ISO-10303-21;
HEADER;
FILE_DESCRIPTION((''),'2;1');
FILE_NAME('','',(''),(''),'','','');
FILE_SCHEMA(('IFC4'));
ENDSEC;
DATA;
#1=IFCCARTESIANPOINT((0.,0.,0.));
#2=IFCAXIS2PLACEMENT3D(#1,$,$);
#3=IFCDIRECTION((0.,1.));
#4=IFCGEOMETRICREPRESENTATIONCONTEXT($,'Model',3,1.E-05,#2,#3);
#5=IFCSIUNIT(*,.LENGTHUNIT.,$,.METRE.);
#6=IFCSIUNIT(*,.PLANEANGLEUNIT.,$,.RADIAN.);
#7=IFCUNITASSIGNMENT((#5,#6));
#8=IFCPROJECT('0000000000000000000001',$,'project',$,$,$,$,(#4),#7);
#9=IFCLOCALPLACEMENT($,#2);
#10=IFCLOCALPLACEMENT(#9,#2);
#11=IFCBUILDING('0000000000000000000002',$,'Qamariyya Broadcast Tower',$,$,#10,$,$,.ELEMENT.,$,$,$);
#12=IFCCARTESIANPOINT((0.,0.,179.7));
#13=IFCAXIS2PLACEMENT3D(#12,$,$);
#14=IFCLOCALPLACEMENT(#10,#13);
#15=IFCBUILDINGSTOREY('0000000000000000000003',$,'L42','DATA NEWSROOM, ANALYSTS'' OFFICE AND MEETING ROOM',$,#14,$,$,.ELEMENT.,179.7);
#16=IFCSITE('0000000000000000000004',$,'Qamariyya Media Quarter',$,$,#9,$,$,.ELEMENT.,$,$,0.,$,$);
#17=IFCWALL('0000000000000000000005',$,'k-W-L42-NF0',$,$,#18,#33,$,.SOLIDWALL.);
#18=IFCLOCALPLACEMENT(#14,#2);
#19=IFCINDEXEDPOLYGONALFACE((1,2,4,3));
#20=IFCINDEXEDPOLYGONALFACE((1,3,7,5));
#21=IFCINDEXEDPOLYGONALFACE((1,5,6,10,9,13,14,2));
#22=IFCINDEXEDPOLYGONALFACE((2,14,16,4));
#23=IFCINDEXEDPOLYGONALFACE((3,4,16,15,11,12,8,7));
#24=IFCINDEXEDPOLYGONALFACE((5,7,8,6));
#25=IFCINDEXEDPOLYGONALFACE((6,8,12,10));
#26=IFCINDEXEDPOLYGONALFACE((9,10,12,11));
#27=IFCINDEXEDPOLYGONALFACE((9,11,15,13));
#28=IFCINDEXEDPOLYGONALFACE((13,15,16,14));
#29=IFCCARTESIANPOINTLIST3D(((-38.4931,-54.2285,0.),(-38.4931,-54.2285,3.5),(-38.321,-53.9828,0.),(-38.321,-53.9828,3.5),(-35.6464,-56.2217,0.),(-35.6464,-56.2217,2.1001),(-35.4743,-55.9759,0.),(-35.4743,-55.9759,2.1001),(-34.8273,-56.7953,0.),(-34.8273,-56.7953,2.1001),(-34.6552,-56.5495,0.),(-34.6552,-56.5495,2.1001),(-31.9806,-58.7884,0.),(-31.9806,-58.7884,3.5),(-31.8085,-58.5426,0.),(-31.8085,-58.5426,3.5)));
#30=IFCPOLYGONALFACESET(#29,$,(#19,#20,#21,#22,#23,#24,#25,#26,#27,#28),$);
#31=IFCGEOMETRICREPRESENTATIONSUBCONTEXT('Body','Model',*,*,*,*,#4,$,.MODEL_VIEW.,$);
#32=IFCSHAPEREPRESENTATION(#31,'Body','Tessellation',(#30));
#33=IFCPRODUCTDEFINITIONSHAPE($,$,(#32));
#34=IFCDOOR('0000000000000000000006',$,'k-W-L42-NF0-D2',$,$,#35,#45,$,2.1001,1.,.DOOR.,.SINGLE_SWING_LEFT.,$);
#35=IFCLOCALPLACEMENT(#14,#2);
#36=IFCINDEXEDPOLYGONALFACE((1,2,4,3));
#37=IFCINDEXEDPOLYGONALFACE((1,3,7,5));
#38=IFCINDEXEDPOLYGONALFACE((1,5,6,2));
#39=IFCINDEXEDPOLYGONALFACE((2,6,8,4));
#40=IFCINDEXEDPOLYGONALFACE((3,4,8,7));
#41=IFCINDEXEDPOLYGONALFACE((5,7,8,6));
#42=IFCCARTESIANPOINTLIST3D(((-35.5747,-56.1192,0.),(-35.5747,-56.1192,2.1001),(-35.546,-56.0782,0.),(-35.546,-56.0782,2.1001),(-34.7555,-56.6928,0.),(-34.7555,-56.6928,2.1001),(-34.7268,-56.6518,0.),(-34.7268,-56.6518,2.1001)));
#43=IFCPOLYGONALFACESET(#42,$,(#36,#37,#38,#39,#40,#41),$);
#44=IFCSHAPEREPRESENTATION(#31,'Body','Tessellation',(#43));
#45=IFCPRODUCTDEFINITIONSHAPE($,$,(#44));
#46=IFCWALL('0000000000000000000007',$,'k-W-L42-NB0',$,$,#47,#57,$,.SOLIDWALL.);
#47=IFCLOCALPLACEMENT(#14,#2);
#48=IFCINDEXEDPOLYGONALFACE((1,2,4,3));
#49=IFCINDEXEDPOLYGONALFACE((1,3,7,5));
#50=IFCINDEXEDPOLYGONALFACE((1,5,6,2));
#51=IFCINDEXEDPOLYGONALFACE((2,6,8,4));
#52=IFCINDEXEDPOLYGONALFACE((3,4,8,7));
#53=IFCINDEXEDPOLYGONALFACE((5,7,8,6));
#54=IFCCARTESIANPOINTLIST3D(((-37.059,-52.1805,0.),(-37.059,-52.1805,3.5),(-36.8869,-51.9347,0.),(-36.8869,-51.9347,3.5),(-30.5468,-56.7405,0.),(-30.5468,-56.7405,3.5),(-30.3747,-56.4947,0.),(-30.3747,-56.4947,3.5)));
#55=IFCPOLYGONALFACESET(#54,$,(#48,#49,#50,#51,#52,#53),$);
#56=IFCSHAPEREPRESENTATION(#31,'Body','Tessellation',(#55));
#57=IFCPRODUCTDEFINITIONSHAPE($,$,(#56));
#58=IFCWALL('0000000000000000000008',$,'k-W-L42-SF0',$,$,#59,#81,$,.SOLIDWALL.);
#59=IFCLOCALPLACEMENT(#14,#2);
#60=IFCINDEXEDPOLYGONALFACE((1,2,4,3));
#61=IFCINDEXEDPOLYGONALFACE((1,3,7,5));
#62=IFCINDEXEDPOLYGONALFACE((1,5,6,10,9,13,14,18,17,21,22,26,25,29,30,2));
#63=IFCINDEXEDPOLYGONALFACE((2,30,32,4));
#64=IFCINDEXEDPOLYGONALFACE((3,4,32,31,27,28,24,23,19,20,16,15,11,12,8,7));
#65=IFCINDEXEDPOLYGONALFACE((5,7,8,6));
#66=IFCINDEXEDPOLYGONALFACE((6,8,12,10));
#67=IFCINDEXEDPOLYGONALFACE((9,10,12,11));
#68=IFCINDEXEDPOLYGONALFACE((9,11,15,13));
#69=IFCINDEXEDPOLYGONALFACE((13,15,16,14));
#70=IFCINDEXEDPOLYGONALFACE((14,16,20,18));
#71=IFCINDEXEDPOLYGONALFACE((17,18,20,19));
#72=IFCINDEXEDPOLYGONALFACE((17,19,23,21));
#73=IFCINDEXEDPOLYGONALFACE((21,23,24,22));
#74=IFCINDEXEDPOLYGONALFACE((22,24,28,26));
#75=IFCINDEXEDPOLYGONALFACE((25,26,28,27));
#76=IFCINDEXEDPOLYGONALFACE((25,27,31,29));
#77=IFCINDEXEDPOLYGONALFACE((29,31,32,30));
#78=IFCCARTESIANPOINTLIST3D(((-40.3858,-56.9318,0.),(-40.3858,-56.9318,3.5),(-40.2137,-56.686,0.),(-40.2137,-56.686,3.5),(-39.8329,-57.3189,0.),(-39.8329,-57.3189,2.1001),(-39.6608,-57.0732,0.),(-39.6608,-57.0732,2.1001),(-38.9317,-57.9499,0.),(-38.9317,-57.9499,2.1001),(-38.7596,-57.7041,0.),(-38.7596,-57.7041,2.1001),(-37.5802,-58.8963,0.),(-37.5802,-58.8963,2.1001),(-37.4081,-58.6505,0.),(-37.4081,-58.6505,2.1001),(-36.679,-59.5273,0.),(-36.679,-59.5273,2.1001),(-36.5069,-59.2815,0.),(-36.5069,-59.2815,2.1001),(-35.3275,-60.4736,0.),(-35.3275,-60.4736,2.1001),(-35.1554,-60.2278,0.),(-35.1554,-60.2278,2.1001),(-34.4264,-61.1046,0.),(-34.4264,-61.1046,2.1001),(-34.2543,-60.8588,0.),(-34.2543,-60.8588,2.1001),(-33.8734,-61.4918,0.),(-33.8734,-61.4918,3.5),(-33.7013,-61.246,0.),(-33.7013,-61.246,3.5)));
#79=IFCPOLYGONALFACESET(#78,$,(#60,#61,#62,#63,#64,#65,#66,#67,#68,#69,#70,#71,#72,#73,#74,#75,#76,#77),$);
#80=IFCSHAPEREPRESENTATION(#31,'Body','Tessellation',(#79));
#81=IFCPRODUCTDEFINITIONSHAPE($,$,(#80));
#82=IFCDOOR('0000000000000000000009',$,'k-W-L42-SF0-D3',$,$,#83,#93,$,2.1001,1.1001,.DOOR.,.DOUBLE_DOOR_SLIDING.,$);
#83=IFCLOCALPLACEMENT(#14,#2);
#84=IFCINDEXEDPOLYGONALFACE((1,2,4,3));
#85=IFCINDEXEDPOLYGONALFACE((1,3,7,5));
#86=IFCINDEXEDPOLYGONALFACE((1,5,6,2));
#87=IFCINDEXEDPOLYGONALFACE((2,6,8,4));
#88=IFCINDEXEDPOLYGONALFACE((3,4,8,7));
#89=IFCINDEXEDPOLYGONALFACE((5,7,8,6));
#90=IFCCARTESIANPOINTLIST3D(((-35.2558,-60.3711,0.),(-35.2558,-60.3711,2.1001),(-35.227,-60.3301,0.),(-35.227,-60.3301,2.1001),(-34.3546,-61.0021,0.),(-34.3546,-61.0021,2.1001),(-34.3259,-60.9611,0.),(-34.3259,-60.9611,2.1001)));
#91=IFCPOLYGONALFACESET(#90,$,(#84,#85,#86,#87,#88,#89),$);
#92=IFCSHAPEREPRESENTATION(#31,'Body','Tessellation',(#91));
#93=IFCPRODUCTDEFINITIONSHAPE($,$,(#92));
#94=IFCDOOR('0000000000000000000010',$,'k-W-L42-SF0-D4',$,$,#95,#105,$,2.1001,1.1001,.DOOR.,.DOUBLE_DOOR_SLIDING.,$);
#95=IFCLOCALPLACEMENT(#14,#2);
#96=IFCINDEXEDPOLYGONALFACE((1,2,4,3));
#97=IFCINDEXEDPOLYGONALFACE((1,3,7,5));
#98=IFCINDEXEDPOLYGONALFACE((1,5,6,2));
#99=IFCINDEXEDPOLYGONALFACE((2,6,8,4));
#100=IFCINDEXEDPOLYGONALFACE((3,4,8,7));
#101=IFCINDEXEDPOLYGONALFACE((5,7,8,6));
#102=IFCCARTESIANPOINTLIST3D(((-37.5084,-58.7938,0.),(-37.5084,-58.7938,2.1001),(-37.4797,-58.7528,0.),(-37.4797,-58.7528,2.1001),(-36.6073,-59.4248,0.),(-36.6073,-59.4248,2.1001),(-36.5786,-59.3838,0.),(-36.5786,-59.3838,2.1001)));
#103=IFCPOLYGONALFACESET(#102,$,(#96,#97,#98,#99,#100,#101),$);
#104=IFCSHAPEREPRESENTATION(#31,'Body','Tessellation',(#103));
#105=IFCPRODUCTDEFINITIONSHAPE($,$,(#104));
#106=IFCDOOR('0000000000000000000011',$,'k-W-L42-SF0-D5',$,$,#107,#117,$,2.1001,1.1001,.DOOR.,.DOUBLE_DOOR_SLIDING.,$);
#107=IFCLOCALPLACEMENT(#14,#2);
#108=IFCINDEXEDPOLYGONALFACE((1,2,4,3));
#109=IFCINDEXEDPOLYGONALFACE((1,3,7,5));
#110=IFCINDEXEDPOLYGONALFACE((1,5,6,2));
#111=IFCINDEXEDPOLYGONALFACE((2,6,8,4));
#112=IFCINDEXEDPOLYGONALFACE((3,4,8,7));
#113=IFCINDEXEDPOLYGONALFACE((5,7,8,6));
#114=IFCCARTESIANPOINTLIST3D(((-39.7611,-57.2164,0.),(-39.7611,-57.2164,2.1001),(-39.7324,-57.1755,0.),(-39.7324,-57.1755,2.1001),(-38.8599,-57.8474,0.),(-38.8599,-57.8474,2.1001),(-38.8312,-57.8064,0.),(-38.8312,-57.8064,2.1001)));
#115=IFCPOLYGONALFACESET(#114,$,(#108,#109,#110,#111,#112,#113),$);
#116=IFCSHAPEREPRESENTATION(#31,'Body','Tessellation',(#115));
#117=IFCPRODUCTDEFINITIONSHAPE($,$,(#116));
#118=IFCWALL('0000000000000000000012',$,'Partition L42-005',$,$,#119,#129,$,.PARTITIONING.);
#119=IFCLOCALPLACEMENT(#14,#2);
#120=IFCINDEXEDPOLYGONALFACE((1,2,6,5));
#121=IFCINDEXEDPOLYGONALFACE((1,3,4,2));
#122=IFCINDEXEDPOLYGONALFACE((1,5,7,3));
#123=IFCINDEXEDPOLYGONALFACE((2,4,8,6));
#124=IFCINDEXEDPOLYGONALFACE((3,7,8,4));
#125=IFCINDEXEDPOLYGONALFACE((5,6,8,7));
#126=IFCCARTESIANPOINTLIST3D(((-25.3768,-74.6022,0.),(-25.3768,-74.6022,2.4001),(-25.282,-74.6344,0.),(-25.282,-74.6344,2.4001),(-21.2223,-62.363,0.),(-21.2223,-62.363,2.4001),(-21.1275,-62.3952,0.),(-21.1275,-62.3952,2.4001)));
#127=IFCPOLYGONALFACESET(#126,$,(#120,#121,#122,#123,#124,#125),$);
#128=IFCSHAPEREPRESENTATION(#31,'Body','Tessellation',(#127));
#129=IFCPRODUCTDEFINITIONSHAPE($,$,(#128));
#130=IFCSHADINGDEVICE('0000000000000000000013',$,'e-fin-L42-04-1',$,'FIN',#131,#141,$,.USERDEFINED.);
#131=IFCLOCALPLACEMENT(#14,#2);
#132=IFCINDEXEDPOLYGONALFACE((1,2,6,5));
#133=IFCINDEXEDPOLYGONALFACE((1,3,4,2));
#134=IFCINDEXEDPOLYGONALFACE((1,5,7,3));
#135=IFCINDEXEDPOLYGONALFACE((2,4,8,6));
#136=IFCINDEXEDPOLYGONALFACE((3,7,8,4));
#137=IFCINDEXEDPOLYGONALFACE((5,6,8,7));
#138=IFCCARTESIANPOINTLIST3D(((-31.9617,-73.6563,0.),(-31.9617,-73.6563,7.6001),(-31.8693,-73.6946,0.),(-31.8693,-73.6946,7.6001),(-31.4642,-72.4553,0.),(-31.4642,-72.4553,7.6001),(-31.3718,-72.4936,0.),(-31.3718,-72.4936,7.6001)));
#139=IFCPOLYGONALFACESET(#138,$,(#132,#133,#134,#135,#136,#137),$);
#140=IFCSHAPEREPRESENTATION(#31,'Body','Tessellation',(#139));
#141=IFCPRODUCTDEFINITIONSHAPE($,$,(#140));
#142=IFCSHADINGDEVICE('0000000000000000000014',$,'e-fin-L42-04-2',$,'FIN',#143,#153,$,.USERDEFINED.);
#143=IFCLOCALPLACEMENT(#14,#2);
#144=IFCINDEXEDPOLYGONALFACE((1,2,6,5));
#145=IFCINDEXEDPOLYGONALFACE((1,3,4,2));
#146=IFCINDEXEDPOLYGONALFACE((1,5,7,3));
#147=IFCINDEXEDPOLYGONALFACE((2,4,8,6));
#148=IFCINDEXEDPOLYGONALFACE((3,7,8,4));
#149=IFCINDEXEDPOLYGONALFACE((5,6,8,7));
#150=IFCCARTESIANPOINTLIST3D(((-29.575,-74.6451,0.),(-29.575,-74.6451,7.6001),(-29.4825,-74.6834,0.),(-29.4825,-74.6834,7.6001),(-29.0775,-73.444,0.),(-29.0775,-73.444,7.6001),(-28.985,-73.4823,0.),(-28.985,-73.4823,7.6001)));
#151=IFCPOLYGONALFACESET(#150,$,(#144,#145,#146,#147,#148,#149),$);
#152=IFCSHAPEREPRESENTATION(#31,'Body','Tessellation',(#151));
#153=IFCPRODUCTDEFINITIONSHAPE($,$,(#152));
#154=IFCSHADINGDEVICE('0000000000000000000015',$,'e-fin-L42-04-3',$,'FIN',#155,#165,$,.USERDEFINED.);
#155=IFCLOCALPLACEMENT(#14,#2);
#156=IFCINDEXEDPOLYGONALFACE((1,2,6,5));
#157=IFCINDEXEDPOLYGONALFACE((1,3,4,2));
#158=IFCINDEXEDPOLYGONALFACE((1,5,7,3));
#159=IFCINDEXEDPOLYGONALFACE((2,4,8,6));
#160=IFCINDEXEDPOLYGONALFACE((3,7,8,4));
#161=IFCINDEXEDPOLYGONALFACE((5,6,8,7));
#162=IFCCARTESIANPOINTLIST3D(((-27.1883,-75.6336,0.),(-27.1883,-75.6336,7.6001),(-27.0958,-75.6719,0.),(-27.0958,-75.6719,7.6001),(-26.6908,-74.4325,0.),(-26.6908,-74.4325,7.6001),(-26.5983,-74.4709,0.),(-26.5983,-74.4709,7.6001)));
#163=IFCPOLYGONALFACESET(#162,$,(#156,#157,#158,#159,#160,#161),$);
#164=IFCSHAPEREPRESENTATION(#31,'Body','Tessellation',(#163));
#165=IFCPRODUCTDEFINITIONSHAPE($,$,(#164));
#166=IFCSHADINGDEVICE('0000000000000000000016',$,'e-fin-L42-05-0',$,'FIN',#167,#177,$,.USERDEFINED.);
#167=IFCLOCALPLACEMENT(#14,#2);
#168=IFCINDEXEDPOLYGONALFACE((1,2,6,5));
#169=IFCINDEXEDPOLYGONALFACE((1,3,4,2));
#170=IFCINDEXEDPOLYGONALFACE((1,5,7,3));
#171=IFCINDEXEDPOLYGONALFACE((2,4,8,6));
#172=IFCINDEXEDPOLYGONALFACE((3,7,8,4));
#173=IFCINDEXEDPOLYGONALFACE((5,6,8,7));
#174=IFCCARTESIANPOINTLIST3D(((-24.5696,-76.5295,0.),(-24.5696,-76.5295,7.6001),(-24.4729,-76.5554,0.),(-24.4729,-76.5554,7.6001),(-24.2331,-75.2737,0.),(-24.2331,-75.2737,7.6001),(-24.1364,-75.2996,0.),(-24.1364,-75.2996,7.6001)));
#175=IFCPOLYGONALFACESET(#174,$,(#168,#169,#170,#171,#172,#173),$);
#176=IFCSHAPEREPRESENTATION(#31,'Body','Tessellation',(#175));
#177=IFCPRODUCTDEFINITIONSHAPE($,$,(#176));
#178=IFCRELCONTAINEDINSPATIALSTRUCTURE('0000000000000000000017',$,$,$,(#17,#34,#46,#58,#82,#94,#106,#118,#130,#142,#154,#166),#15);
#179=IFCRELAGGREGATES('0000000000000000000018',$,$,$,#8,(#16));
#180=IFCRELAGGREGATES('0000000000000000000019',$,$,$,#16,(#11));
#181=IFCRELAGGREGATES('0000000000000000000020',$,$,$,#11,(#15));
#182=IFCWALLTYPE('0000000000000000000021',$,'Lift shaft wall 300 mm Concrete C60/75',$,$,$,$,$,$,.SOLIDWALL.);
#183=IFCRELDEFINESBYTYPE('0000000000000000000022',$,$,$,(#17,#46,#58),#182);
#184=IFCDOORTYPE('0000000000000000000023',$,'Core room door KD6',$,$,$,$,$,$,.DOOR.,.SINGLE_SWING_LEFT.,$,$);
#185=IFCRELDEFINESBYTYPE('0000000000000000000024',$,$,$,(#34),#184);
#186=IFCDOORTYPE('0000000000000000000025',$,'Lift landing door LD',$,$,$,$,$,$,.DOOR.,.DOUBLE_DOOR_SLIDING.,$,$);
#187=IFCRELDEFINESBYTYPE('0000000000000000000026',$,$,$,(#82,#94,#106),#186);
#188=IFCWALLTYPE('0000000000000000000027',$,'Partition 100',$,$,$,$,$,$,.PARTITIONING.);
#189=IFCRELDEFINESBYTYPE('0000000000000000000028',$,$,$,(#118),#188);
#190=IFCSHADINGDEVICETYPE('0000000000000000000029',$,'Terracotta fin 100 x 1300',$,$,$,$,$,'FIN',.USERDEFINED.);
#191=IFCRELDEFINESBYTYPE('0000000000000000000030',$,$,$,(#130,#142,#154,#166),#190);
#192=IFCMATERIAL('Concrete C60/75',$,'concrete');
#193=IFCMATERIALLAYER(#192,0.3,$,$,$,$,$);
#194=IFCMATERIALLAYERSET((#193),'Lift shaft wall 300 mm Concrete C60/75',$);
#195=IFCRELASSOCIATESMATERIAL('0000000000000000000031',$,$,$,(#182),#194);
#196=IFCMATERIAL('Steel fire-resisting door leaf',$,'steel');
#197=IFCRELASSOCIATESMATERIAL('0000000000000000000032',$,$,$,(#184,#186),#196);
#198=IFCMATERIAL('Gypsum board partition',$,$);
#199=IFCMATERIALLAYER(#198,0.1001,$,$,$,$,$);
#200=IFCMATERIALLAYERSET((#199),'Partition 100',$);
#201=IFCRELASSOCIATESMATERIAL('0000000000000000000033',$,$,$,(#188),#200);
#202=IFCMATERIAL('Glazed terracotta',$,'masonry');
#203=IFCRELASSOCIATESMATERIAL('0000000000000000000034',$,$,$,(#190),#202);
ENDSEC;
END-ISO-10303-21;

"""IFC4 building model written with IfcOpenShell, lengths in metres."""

from ifc_helpers import new_model, si_unit, direction, frame, frame_2d, origin, origin_2d, place, context, subcontext, project, spatial, rectangle, extrude, material, layer, layer_set, material_profile, profile_set, type_object, element, fill, save


model = new_model("IFC4")

# Units and contexts
model_context = context("Model", 3, precision=1e-05, world=origin(), true_north=direction((0.0, 1.0)))
body_context = subcontext(model_context, "Body", "Model", "MODEL_VIEW")
ifc_project = project(units=[si_unit("LENGTHUNIT", "METRE"), si_unit("PLANEANGLEUNIT", "RADIAN")], contexts=[model_context])

# Site, building, storey
site_placement = place(None, origin())
site = spatial("IfcSite", under=ifc_project, at=site_placement, Name="Qamariyya Media Quarter", CompositionType="ELEMENT", RefElevation=0.0)
building_placement = place(site_placement, origin())
building = spatial("IfcBuilding", under=site, at=building_placement, Name="Qamariyya Broadcast Tower", CompositionType="ELEMENT")
storey_placement = place(building_placement, frame((0.0, 0.0, 179.7)))
storey = spatial("IfcBuildingStorey", under=building, at=storey_placement, Name="L42", Description="DATA NEWSROOM, ANALYSTS' OFFICE AND MEETING ROOM", CompositionType="ELEMENT", Elevation=179.7)

# Shared definitions
ifc_material_1 = material(Name="Concrete C60/75", Category="concrete")

# Shared definitions
ifc_material_2 = material(Name="Gypsum board partition")

# Wall, opening, door
ifc_layer_1 = layer(ifc_material_1, 0.3)
ifc_layer_set_1 = layer_set([ifc_layer_1], Name="Lift shaft wall 300 mm Concrete C60/75")
wall_type_1 = type_object("IfcWallType", Name="Lift shaft wall 300 mm Concrete C60/75", PredefinedType="SOLIDWALL", material=ifc_layer_set_1)
wall_1_placement = place(storey_placement, frame((-31.8945, -58.6655, 0.0), z_axis=(0.0, 0.0, 1.0), x_axis=(-0.819167, 0.573555, 0.0)))
wall_1 = element("IfcWall", 1, at=wall_1_placement, inside=storey, type_object=wall_type_1, Name="k-W-L42-NF0", PredefinedType="SOLIDWALL", context=body_context, shape_type="SweptSolid", body=[
    extrude(rectangle(XDim=7.9502, YDim=0.3, at=frame_2d((3.9751, 0.0))), origin(), (0.0, 0.0, 1.0), 3.5),
])
opening_1_placement = place(wall_1_placement, frame((3.4751, 0.0, 0.0)))
opening_1 = element("IfcOpeningElement", 2, at=opening_1_placement, cuts=wall_1, PredefinedType="OPENING", context=body_context, shape_type="SweptSolid", body=[
    extrude(rectangle(XDim=1.0, YDim=2.1001, at=frame_2d((0.5, 1.05))), frame((0.0, 0.1599, 0.0), z_axis=(0.0, -1.0, 0.0), x_axis=(1.0, 0.0, 0.0)), (0.0, 0.0, 1.0), 0.3201),
])
ifc_material_3 = material(Name="Steel fire-resisting door leaf", Category="steel")
door_type_1 = type_object("IfcDoorType", Name="Core room door KD6", OperationType="SINGLE_SWING_LEFT", PredefinedType="DOOR", material=ifc_material_3)
door_1_placement = place(opening_1_placement, origin())
door_1 = element("IfcDoor", 3, at=door_1_placement, inside=storey, type_object=door_type_1, Name="k-W-L42-NF0-D2", OperationType="SINGLE_SWING_LEFT", OverallHeight=2.1001, OverallWidth=1.0, PredefinedType="DOOR", context=body_context, shape_type="SweptSolid", body=[
    extrude(rectangle(XDim=1.0, YDim=2.1001, at=frame_2d((0.5, 1.05))), frame((0.0, 0.0249, 0.0), z_axis=(0.0, -1.0, 0.0), x_axis=(1.0, 0.0, 0.0)), (0.0, 0.0, 1.0), 0.05),
])
fill(opening_1, door_1)

# Wall
wall_2_placement = place(storey_placement, frame((-30.4607, -56.6177, 0.0), z_axis=(0.0, 0.0, 1.0), x_axis=(-0.819142, 0.57359, 0.0)))
element("IfcWall", 4, at=wall_2_placement, inside=storey, type_object=wall_type_1, Name="k-W-L42-NB0", PredefinedType="SOLIDWALL", context=body_context, shape_type="SweptSolid", body=[
    extrude(rectangle(XDim=7.95, YDim=0.3, at=frame_2d((3.9751, 0.0))), origin(), (0.0, 0.0, 1.0), 3.5),
])

# Wall, openings, doors
wall_3_placement = place(storey_placement, frame((-33.7874, -61.3689, 0.0), z_axis=(0.0, 0.0, 1.0), x_axis=(-0.819153, 0.573576, 0.0)))
wall_3 = element("IfcWall", 5, at=wall_3_placement, inside=storey, type_object=wall_type_1, Name="k-W-L42-SF0", PredefinedType="SOLIDWALL", context=body_context, shape_type="SweptSolid", body=[
    extrude(rectangle(XDim=7.9502, YDim=0.3, at=frame_2d((3.9751, 0.0))), origin(), (0.0, 0.0, 1.0), 3.5),
])
opening_2_placement = place(wall_3_placement, frame((0.675, 0.0, 0.0)))
opening_2 = element("IfcOpeningElement", 6, at=opening_2_placement, cuts=wall_3, PredefinedType="OPENING", context=body_context, shape_type="SweptSolid", body=[
    extrude(rectangle(XDim=1.1001, YDim=2.1001, at=frame_2d((0.55, 1.05))), frame((0.0, 0.1599, 0.0), z_axis=(0.0, -1.0, 0.0), x_axis=(1.0, 0.0, 0.0)), (0.0, 0.0, 1.0), 0.3201),
])
opening_3_placement = place(wall_3_placement, frame((3.425, 0.0, 0.0)))
opening_3 = element("IfcOpeningElement", 7, at=opening_3_placement, cuts=wall_3, PredefinedType="OPENING", context=body_context, shape_type="SweptSolid", body=[
    extrude(rectangle(XDim=1.1001, YDim=2.1001, at=frame_2d((0.55, 1.05))), frame((0.0, 0.1599, 0.0), z_axis=(0.0, -1.0, 0.0), x_axis=(1.0, 0.0, 0.0)), (0.0, 0.0, 1.0), 0.3201),
])
opening_4_placement = place(wall_3_placement, frame((6.175, 0.0, 0.0)))
opening_4 = element("IfcOpeningElement", 8, at=opening_4_placement, cuts=wall_3, PredefinedType="OPENING", context=body_context, shape_type="SweptSolid", body=[
    extrude(rectangle(XDim=1.1001, YDim=2.1001, at=frame_2d((0.55, 1.05))), frame((0.0, 0.1599, 0.0), z_axis=(0.0, -1.0, 0.0), x_axis=(1.0, 0.0, 0.0)), (0.0, 0.0, 1.0), 0.3201),
])
door_type_2 = type_object("IfcDoorType", Name="Lift landing door LD", OperationType="DOUBLE_DOOR_SLIDING", PredefinedType="DOOR", material=ifc_material_3)
door_2_placement = place(opening_2_placement, origin())
door_2 = element("IfcDoor", 9, at=door_2_placement, inside=storey, type_object=door_type_2, Name="k-W-L42-SF0-D3", OperationType="DOUBLE_DOOR_SLIDING", OverallHeight=2.1001, OverallWidth=1.1001, PredefinedType="DOOR", context=body_context, shape_type="SweptSolid", body=[
    extrude(rectangle(XDim=1.1001, YDim=2.1001, at=frame_2d((0.55, 1.05))), frame((0.0, 0.0249, 0.0), z_axis=(0.0, -1.0, 0.0), x_axis=(1.0, 0.0, 0.0)), (0.0, 0.0, 1.0), 0.05),
])
fill(opening_2, door_2)
door_3_placement = place(opening_3_placement, origin())
door_3 = element("IfcDoor", 10, at=door_3_placement, inside=storey, type_object=door_type_2, Name="k-W-L42-SF0-D4", OperationType="DOUBLE_DOOR_SLIDING", OverallHeight=2.1001, OverallWidth=1.1001, PredefinedType="DOOR", context=body_context, shape_type="SweptSolid", body=[
    extrude(rectangle(XDim=1.1001, YDim=2.1001, at=frame_2d((0.55, 1.05))), frame((0.0, 0.0249, 0.0), z_axis=(0.0, -1.0, 0.0), x_axis=(1.0, 0.0, 0.0)), (0.0, 0.0, 1.0), 0.05),
])
fill(opening_3, door_3)
door_4_placement = place(opening_4_placement, origin())
door_4 = element("IfcDoor", 11, at=door_4_placement, inside=storey, type_object=door_type_2, Name="k-W-L42-SF0-D5", OperationType="DOUBLE_DOOR_SLIDING", OverallHeight=2.1001, OverallWidth=1.1001, PredefinedType="DOOR", context=body_context, shape_type="SweptSolid", body=[
    extrude(rectangle(XDim=1.1001, YDim=2.1001, at=frame_2d((0.55, 1.05))), frame((0.0, 0.0249, 0.0), z_axis=(0.0, -1.0, 0.0), x_axis=(1.0, 0.0, 0.0)), (0.0, 0.0, 1.0), 0.05),
])
fill(opening_4, door_4)

# Wall
ifc_layer_2 = layer(ifc_material_2, 0.1001)
ifc_layer_set_2 = layer_set([ifc_layer_2], Name="Partition 100")
wall_type_2 = type_object("IfcWallType", Name="Partition 100", PredefinedType="PARTITIONING", material=ifc_layer_set_2)
wall_4_placement = place(storey_placement, frame((-25.3293, -74.6182, 0.0), z_axis=(0.0, 0.0, 1.0), x_axis=(0.321431, 0.946933, 0.0)))
element("IfcWall", 12, at=wall_4_placement, inside=storey, type_object=wall_type_2, Name="Partition L42-005", PredefinedType="PARTITIONING", context=body_context, shape_type="SweptSolid", body=[
    extrude(rectangle(XDim=12.925, YDim=0.1001, at=frame_2d((6.4624, 0.0))), origin(), (0.0, 0.0, 1.0), 2.4001),
])

# Shading devices
ifc_material_4 = material(Name="Glazed terracotta", Category="masonry")
ifc_material_profile_1 = material_profile(ifc_material_4, rectangle(XDim=1.3, YDim=0.1001, at=origin_2d()))
ifc_profile_set_1 = profile_set([ifc_material_profile_1], Name="Glazed terracotta")
shading_device_type = type_object("IfcShadingDeviceType", Name="Terracotta fin 100 x 1300", ElementType="FIN", PredefinedType="USERDEFINED", material=ifc_profile_set_1)
for number, where, z_axis, x_axis, name in (
    (13, (-31.6667, -73.075, 0.0), (0.0, 0.0, 1.0), (-0.382683, -0.92388, 0.0), "e-fin-L42-04-1"),
    (14, (-29.28, -74.0637, 0.0), (0.0, 0.0, 1.0), (-0.382683, -0.92388, 0.0), "e-fin-L42-04-2"),
    (15, (-26.8933, -75.0522, 0.0), (0.0, 0.0, 1.0), (-0.382683, -0.92388, 0.0), "e-fin-L42-04-3"),
    (16, (-24.353, -75.9146, 0.0), (0.0, 0.0, 1.0), (-0.258819, -0.965926, 0.0), "e-fin-L42-05-0"),
):
    element("IfcShadingDevice", number, at=place(storey_placement, frame(where, z_axis=z_axis, x_axis=x_axis)), inside=storey, type_object=shading_device_type, Name=name, ObjectType="FIN", PredefinedType="USERDEFINED", context=body_context, shape_type="SweptSolid", body=[
        extrude(rectangle(XDim=1.3, YDim=0.1001, at=origin_2d()), origin(), (0.0, 0.0, 1.0), 7.6001),
    ])

save(model, "model.ifc")
